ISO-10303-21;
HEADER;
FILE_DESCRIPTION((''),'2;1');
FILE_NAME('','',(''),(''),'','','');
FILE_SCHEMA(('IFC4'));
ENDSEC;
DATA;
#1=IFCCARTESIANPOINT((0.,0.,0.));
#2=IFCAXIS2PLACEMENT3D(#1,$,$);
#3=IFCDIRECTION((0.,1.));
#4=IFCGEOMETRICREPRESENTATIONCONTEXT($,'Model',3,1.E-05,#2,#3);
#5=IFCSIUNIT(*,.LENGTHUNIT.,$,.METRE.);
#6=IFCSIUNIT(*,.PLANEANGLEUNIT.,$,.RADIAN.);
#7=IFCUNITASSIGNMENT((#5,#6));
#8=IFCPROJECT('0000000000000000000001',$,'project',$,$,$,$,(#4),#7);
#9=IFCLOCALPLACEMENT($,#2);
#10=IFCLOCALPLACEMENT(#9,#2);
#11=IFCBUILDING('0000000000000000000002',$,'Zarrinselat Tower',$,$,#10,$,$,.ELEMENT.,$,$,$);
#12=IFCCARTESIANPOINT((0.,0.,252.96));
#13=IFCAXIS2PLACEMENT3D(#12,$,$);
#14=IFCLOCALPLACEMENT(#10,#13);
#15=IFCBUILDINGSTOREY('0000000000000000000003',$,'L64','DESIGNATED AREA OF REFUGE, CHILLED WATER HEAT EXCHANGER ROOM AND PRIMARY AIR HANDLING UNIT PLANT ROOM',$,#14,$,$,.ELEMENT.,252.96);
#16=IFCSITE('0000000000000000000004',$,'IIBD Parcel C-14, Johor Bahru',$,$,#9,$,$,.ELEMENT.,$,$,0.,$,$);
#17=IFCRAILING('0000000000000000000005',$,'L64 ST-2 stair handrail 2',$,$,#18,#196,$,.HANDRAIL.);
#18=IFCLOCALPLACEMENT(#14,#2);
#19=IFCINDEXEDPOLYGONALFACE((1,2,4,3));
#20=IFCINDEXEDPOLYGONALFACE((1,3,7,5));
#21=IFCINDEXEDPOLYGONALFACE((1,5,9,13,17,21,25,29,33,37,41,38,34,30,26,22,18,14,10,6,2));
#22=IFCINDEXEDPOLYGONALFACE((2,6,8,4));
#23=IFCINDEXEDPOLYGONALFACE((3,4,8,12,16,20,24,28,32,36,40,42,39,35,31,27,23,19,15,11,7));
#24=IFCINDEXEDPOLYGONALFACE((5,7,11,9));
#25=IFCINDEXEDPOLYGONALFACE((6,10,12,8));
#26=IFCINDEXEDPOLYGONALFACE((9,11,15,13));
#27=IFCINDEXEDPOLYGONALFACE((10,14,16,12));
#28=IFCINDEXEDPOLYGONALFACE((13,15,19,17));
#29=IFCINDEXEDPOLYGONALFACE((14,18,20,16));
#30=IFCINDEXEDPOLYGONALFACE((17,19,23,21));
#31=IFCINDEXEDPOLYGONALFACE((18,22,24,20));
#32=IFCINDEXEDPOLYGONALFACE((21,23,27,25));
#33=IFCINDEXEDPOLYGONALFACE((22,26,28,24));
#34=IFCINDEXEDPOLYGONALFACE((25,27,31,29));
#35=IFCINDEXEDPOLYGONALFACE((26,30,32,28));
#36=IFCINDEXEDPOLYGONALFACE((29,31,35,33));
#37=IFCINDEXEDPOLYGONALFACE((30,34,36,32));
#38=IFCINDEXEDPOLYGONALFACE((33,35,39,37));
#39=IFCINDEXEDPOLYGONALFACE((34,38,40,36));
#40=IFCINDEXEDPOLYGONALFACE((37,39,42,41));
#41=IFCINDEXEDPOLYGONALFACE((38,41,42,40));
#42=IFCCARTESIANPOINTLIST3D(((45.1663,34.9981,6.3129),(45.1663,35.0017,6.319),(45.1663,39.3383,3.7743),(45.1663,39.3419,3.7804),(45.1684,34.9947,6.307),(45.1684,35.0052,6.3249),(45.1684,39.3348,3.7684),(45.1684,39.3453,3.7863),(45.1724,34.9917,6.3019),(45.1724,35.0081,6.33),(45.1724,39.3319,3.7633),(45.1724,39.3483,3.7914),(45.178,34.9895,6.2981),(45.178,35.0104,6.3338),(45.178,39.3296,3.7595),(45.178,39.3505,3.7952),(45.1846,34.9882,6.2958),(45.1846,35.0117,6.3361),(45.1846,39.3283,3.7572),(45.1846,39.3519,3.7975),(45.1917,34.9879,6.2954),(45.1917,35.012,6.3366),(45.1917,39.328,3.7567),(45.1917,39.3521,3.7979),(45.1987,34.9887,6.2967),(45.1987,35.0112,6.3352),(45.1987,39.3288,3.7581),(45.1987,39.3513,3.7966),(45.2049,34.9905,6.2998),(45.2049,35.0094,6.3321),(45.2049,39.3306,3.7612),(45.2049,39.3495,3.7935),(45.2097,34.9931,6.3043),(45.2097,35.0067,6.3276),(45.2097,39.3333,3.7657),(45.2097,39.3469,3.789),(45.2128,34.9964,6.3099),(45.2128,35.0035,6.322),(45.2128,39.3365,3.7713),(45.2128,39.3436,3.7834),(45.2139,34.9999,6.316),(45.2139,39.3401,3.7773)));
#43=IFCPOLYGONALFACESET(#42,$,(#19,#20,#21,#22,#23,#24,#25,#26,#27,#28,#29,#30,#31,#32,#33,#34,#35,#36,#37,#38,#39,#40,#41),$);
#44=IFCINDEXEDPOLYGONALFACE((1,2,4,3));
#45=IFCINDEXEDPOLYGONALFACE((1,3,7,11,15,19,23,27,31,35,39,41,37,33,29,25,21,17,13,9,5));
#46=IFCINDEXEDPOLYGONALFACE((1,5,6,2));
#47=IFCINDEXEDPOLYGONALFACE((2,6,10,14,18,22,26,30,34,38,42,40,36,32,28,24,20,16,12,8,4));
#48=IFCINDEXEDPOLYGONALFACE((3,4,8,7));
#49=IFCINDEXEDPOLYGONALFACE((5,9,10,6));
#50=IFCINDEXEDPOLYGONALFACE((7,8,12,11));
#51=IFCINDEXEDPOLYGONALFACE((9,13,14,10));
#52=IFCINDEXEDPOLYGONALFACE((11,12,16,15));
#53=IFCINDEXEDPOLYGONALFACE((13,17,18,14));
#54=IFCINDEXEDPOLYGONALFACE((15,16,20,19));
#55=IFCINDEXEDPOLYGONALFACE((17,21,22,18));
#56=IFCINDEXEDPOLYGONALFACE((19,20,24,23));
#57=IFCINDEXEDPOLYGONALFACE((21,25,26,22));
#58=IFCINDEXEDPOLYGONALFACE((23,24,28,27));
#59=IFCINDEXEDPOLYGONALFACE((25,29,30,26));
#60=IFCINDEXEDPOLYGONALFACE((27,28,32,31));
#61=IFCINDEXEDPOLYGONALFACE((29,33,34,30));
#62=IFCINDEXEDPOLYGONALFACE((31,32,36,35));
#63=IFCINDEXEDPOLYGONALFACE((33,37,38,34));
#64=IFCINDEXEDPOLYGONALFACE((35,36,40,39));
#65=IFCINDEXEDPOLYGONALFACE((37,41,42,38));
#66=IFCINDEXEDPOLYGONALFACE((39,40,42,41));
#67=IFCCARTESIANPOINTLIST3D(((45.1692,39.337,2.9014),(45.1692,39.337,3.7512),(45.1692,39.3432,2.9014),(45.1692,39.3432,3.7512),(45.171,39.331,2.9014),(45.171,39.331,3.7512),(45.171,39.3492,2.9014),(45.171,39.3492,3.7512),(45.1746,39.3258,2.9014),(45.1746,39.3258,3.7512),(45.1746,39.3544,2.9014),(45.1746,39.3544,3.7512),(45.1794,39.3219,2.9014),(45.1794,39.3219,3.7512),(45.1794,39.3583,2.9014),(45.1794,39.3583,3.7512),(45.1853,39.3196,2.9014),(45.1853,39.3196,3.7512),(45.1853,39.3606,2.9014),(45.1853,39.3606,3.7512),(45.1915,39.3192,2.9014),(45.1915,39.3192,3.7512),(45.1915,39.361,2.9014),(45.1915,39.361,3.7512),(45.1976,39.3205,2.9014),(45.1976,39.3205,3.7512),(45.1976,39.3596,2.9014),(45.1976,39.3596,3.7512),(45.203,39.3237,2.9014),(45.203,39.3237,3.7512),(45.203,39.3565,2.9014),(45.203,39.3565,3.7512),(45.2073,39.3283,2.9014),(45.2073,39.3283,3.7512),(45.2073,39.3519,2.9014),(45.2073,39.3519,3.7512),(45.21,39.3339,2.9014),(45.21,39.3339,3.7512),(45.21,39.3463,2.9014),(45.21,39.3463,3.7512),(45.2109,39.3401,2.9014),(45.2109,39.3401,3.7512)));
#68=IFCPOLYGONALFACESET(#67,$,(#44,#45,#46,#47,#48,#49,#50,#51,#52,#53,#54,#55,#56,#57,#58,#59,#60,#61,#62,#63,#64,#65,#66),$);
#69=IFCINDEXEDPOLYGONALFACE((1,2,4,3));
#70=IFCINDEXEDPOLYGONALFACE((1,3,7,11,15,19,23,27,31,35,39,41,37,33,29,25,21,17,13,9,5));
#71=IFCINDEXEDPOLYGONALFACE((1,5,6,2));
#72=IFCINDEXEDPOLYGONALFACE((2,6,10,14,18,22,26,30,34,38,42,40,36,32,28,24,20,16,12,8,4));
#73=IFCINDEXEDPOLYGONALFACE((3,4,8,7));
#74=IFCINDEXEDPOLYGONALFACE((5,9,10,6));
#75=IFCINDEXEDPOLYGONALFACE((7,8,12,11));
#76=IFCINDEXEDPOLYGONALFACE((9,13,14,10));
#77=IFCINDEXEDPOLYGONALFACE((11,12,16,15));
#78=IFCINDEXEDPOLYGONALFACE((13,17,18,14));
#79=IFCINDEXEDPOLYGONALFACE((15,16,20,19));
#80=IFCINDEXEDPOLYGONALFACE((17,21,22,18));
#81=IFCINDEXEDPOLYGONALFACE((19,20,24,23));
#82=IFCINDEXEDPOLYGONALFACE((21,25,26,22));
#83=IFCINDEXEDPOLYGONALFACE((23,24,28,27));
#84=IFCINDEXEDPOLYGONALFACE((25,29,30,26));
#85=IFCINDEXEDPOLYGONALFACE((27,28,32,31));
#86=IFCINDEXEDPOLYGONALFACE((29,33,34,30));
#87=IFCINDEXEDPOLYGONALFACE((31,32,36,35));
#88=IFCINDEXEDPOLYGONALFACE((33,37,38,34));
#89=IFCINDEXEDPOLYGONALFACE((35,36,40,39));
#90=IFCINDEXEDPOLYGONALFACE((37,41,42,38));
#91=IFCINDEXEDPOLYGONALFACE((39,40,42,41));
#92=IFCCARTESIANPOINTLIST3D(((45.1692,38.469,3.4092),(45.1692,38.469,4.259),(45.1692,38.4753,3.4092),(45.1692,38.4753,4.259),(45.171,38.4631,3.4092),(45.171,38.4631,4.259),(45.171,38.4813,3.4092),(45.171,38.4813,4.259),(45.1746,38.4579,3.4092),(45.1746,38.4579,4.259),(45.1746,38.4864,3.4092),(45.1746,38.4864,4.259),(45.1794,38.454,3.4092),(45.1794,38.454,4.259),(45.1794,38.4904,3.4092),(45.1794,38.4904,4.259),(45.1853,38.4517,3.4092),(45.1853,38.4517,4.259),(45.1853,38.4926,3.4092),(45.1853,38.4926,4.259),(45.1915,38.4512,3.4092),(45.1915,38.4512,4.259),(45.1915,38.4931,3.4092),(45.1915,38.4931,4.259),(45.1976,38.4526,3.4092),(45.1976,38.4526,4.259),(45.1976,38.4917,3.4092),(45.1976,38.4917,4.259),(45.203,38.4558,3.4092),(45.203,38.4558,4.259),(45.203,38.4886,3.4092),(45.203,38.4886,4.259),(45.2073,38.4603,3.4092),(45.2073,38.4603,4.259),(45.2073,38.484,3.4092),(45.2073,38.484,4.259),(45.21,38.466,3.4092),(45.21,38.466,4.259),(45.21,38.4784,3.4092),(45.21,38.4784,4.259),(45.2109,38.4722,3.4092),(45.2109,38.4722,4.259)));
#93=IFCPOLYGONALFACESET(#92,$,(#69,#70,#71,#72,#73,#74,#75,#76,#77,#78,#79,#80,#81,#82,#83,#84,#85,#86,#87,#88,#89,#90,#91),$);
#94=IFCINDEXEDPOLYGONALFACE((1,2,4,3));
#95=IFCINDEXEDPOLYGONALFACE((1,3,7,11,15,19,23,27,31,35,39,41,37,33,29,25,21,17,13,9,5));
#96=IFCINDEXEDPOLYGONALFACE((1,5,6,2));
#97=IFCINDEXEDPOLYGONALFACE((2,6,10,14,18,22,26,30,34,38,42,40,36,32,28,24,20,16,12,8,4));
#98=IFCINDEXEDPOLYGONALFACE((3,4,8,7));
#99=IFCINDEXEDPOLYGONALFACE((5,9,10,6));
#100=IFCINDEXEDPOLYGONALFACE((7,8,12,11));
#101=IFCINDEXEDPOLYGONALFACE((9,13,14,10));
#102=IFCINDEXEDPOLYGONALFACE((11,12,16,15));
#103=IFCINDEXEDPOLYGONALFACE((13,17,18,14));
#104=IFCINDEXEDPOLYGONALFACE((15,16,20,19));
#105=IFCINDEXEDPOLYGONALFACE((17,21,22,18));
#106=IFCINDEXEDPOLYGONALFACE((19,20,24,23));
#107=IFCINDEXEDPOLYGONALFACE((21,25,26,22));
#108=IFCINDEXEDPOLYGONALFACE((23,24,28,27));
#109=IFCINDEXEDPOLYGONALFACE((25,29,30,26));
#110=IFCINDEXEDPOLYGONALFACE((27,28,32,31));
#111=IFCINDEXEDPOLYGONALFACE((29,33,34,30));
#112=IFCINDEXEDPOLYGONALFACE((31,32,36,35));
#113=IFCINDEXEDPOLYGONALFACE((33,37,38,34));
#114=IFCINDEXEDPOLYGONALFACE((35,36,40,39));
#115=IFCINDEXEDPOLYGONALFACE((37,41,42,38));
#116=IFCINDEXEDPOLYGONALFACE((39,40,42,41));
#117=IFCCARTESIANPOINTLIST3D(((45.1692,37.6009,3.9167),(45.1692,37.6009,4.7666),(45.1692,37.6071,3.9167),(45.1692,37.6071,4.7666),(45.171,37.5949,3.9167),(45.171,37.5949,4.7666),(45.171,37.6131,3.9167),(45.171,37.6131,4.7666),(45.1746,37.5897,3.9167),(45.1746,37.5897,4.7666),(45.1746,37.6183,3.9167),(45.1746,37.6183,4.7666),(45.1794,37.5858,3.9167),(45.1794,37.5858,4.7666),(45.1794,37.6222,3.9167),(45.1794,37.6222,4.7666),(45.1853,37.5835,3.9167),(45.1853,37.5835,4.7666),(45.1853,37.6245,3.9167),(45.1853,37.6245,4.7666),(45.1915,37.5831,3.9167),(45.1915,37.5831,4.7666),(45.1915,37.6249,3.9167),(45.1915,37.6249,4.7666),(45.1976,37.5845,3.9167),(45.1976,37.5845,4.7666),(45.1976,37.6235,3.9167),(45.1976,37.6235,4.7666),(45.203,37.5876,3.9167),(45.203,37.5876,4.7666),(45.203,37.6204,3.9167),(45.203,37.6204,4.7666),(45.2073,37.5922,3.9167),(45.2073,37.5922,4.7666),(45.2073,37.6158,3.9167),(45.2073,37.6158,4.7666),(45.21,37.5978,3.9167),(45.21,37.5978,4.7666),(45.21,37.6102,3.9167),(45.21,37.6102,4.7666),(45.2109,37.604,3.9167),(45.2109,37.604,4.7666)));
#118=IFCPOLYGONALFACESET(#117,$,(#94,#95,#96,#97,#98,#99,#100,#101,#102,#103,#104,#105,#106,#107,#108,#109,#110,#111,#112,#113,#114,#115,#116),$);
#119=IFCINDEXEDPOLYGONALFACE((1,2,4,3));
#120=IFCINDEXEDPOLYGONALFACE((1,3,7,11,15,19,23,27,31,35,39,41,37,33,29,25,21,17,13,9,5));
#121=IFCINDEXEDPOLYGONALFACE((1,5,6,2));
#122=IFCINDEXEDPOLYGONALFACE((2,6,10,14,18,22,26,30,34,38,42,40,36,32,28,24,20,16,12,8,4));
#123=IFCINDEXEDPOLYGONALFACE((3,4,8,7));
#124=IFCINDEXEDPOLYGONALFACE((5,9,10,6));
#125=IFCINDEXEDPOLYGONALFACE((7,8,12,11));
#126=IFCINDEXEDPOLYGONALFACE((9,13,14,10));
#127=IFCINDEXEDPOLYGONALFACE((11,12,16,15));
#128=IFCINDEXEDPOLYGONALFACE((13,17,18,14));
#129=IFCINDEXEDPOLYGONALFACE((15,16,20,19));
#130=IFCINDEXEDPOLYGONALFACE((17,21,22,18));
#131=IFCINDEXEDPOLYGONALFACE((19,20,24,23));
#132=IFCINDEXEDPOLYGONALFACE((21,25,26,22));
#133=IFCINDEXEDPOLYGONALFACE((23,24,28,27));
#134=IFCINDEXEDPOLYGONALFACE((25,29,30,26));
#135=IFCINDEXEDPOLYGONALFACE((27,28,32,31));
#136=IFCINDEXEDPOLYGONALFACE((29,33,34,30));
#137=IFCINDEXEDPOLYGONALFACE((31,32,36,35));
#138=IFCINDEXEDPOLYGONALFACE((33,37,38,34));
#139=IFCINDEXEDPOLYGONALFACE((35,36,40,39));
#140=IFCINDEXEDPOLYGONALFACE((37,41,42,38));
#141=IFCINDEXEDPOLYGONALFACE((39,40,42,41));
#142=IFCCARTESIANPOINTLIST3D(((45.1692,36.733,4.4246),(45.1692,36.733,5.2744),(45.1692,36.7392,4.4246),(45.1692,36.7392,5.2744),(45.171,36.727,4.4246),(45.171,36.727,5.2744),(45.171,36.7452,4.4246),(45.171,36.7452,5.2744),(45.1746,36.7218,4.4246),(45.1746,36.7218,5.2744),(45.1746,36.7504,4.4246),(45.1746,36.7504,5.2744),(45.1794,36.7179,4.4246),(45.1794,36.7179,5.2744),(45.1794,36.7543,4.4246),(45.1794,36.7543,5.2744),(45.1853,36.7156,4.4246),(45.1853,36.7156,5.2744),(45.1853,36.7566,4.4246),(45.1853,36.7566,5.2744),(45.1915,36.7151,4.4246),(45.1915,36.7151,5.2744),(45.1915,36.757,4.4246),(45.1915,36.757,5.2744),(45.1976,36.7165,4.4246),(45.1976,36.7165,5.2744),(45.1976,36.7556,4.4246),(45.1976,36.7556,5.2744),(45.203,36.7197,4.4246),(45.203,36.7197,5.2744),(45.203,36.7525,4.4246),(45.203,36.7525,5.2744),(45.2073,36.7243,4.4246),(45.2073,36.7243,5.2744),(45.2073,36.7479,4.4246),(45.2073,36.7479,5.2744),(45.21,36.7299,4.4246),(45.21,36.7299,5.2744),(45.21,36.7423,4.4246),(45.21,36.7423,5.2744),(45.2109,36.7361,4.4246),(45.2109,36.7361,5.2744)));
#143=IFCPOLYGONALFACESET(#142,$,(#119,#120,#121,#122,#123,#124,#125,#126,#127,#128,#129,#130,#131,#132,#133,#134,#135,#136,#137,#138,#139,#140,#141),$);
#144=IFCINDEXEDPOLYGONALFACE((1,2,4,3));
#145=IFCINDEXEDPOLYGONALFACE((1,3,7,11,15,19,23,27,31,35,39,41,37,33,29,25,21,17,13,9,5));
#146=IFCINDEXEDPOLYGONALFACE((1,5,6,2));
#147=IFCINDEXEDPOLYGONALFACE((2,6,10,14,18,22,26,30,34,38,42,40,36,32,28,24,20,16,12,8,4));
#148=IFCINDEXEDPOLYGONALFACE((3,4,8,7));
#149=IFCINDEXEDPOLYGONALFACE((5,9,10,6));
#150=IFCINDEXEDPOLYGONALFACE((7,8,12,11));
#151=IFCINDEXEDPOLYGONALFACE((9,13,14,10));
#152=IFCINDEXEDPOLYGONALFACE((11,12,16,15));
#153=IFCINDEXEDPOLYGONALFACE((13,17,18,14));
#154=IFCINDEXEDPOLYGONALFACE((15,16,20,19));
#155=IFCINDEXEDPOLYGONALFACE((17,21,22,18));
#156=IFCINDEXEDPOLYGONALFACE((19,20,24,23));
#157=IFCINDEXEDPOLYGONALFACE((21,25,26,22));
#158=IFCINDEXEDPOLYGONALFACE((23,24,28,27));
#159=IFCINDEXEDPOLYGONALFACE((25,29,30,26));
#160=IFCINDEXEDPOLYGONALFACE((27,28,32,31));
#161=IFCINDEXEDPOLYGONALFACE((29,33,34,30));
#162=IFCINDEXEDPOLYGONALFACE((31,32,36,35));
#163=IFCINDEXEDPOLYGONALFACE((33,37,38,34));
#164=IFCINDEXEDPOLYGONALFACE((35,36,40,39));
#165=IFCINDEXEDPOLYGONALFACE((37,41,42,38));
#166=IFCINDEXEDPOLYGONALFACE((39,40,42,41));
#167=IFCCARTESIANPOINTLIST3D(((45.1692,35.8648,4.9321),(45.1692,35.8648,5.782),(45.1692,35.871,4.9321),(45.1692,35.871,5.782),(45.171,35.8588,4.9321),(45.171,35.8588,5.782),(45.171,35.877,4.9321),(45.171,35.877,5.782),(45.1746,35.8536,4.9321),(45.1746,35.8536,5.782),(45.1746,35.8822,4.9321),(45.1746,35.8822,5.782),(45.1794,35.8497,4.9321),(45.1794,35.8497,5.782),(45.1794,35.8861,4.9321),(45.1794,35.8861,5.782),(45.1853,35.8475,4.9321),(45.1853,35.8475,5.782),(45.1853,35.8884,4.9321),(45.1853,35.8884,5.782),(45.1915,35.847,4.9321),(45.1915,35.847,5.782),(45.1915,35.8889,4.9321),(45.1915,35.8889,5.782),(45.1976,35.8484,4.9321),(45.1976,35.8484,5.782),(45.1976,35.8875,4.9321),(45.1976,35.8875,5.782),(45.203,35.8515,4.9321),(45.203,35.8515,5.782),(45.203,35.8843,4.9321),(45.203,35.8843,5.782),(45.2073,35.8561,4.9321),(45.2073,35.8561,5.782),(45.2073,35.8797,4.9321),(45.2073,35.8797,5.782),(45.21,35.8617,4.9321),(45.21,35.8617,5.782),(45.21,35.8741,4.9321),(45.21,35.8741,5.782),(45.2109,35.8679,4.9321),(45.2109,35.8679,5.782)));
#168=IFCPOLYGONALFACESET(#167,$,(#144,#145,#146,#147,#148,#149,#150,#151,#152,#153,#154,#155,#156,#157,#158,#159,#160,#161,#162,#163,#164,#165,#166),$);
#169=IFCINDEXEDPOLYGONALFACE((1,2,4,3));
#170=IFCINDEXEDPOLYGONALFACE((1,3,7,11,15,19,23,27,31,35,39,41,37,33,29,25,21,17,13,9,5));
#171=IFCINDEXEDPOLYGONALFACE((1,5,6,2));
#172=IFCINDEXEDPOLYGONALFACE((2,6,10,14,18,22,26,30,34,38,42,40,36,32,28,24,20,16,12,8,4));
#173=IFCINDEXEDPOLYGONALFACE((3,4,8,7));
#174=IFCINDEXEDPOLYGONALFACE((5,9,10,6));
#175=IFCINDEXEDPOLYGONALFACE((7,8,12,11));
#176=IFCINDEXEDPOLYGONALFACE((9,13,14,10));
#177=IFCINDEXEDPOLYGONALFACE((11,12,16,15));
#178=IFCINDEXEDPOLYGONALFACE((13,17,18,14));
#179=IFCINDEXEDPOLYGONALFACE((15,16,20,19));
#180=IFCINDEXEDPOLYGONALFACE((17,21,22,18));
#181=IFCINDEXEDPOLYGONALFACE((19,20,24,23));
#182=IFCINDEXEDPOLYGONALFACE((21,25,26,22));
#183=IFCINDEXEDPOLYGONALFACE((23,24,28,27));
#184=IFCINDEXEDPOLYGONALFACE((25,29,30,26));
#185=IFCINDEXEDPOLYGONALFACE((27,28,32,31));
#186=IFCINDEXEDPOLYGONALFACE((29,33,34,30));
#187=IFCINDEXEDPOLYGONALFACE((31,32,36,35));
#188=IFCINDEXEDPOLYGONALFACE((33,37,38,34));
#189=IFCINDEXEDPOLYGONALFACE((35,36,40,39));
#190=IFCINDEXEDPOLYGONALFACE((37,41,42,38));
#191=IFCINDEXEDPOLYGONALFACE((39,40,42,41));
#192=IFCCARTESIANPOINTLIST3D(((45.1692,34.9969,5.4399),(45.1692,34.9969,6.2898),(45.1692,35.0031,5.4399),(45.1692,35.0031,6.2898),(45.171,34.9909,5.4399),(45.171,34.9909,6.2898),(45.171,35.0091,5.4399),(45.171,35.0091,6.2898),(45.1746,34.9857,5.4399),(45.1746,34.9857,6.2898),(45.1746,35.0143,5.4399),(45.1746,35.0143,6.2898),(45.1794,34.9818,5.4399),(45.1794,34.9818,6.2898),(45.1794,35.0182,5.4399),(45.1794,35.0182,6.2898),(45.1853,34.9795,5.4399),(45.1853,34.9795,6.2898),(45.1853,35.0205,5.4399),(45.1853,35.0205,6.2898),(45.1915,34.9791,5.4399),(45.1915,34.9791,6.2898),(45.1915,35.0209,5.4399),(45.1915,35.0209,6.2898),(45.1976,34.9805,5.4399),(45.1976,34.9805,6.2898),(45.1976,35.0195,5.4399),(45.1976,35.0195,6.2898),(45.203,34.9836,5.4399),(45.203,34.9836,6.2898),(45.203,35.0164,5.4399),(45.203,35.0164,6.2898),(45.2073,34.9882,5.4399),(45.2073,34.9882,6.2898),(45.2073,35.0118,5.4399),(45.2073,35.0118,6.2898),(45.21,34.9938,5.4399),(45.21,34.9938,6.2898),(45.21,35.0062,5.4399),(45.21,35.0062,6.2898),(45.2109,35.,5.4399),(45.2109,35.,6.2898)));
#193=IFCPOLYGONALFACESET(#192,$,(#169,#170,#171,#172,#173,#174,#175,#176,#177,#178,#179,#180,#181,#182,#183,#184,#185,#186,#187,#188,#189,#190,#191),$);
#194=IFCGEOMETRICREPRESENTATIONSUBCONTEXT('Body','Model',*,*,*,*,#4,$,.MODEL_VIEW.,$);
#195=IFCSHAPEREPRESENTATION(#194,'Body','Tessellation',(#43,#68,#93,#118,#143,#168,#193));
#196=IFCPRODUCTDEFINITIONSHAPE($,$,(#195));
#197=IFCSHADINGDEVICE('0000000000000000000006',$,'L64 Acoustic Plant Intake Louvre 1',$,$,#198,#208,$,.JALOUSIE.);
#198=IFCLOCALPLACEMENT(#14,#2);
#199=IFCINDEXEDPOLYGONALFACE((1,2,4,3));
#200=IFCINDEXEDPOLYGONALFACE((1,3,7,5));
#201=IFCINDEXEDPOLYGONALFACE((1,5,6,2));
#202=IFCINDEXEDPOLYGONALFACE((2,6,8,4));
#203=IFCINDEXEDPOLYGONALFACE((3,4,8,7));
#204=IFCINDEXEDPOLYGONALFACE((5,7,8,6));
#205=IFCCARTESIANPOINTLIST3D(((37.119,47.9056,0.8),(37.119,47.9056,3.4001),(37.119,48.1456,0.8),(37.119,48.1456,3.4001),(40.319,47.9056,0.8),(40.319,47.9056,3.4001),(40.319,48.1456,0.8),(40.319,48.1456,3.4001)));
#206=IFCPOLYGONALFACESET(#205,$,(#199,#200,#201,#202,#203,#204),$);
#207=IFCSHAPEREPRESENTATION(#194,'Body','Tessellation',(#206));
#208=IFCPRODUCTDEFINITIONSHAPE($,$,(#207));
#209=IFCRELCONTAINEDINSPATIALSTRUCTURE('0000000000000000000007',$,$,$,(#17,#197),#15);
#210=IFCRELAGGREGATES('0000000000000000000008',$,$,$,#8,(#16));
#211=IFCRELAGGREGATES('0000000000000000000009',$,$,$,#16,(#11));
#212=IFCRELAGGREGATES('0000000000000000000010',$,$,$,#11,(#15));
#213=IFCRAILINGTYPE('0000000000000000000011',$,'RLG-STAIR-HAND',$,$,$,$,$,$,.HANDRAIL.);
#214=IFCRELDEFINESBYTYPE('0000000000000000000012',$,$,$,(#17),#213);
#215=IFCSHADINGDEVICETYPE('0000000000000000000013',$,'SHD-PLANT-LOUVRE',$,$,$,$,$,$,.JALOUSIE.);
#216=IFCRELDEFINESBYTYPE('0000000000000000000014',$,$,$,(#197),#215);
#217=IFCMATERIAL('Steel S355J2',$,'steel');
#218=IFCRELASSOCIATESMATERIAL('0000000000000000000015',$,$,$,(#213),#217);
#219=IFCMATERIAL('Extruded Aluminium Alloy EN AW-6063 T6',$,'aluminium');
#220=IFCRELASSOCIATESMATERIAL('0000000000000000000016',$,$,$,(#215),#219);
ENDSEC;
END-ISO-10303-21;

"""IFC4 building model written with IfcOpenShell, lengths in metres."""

from ifc_helpers import new_model, si_unit, direction, frame, origin, origin_2d, place, context, subcontext, project, spatial, rectangle, circle, extrude, material, type_object, element, save


model = new_model("IFC4")

# Units and contexts
model_context = context("Model", 3, precision=1e-05, world=origin(), true_north=direction((0.0, 1.0)))
body_context = subcontext(model_context, "Body", "Model", "MODEL_VIEW")
ifc_project = project(units=[si_unit("LENGTHUNIT", "METRE"), si_unit("PLANEANGLEUNIT", "RADIAN")], contexts=[model_context])

# Site, building, storey
site_placement = place(None, origin())
site = spatial("IfcSite", under=ifc_project, at=site_placement, Name="IIBD Parcel C-14, Johor Bahru", CompositionType="ELEMENT", RefElevation=0.0)
building_placement = place(site_placement, origin())
building = spatial("IfcBuilding", under=site, at=building_placement, Name="Zarrinselat Tower", CompositionType="ELEMENT")
storey_placement = place(building_placement, frame((0.0, 0.0, 252.96)))
storey = spatial("IfcBuildingStorey", under=building, at=storey_placement, Name="L64", Description="DESIGNATED AREA OF REFUGE, CHILLED WATER HEAT EXCHANGER ROOM AND PRIMARY AIR HANDLING UNIT PLANT ROOM", CompositionType="ELEMENT", Elevation=252.96)

# Railing
ifc_material_1 = material(Name="Steel S355J2", Category="steel")
railing_type_1 = type_object("IfcRailingType", Name="RLG-STAIR-HAND", PredefinedType="HANDRAIL", material=ifc_material_1)
railing_1_placement = place(storey_placement, frame((45.1899, 39.3401, 2.9014)))
element("IfcRailing", 1, at=railing_1_placement, inside=storey, type_object=railing_type_1, Name="L64 ST-2 stair handrail 2", PredefinedType="HANDRAIL", context=body_context, shape_type="SweptSolid", body=[
    extrude(circle(Radius=0.0239, at=origin_2d()), frame((0.0, 0.0, 0.876), z_axis=(0.0, -0.863185, 0.504888), x_axis=(1.0, 0.0, 0.0)), (0.0, 0.0, 1.0), 5.0281),
    extrude(circle(Radius=0.021, at=origin_2d()), origin(), (0.0, 0.0, 1.0), 0.8499),
    extrude(circle(Radius=0.021, at=origin_2d()), frame((0.0, -0.8679, 0.5078)), (0.0, 0.0, 1.0), 0.8499),
    extrude(circle(Radius=0.021, at=origin_2d()), frame((0.0, -1.7361, 1.0154)), (0.0, 0.0, 1.0), 0.8499),
    extrude(circle(Radius=0.021, at=origin_2d()), frame((0.0, -2.604, 1.5232)), (0.0, 0.0, 1.0), 0.8499),
    extrude(circle(Radius=0.021, at=origin_2d()), frame((0.0, -3.4722, 2.0308)), (0.0, 0.0, 1.0), 0.8499),
    extrude(circle(Radius=0.021, at=origin_2d()), frame((0.0, -4.3401, 2.5386)), (0.0, 0.0, 1.0), 0.8499),
])

# Shading device
ifc_material_2 = material(Name="Extruded Aluminium Alloy EN AW-6063 T6", Category="aluminium")
shading_device_type = type_object("IfcShadingDeviceType", Name="SHD-PLANT-LOUVRE", PredefinedType="JALOUSIE", material=ifc_material_2)
shading_device_placement = place(storey_placement, frame((38.719, 48.0256, 0.8), z_axis=(0.0, 0.0, 1.0), x_axis=(-1.0, 0.0, 0.0)))
element("IfcShadingDevice", 2, at=shading_device_placement, inside=storey, type_object=shading_device_type, Name="L64 Acoustic Plant Intake Louvre 1", PredefinedType="JALOUSIE", context=body_context, shape_type="SweptSolid", body=[
    extrude(rectangle(XDim=3.2, YDim=0.24, at=origin_2d()), origin(), (0.0, 0.0, 1.0), 2.6001),
])

save(model, "model.ifc")
